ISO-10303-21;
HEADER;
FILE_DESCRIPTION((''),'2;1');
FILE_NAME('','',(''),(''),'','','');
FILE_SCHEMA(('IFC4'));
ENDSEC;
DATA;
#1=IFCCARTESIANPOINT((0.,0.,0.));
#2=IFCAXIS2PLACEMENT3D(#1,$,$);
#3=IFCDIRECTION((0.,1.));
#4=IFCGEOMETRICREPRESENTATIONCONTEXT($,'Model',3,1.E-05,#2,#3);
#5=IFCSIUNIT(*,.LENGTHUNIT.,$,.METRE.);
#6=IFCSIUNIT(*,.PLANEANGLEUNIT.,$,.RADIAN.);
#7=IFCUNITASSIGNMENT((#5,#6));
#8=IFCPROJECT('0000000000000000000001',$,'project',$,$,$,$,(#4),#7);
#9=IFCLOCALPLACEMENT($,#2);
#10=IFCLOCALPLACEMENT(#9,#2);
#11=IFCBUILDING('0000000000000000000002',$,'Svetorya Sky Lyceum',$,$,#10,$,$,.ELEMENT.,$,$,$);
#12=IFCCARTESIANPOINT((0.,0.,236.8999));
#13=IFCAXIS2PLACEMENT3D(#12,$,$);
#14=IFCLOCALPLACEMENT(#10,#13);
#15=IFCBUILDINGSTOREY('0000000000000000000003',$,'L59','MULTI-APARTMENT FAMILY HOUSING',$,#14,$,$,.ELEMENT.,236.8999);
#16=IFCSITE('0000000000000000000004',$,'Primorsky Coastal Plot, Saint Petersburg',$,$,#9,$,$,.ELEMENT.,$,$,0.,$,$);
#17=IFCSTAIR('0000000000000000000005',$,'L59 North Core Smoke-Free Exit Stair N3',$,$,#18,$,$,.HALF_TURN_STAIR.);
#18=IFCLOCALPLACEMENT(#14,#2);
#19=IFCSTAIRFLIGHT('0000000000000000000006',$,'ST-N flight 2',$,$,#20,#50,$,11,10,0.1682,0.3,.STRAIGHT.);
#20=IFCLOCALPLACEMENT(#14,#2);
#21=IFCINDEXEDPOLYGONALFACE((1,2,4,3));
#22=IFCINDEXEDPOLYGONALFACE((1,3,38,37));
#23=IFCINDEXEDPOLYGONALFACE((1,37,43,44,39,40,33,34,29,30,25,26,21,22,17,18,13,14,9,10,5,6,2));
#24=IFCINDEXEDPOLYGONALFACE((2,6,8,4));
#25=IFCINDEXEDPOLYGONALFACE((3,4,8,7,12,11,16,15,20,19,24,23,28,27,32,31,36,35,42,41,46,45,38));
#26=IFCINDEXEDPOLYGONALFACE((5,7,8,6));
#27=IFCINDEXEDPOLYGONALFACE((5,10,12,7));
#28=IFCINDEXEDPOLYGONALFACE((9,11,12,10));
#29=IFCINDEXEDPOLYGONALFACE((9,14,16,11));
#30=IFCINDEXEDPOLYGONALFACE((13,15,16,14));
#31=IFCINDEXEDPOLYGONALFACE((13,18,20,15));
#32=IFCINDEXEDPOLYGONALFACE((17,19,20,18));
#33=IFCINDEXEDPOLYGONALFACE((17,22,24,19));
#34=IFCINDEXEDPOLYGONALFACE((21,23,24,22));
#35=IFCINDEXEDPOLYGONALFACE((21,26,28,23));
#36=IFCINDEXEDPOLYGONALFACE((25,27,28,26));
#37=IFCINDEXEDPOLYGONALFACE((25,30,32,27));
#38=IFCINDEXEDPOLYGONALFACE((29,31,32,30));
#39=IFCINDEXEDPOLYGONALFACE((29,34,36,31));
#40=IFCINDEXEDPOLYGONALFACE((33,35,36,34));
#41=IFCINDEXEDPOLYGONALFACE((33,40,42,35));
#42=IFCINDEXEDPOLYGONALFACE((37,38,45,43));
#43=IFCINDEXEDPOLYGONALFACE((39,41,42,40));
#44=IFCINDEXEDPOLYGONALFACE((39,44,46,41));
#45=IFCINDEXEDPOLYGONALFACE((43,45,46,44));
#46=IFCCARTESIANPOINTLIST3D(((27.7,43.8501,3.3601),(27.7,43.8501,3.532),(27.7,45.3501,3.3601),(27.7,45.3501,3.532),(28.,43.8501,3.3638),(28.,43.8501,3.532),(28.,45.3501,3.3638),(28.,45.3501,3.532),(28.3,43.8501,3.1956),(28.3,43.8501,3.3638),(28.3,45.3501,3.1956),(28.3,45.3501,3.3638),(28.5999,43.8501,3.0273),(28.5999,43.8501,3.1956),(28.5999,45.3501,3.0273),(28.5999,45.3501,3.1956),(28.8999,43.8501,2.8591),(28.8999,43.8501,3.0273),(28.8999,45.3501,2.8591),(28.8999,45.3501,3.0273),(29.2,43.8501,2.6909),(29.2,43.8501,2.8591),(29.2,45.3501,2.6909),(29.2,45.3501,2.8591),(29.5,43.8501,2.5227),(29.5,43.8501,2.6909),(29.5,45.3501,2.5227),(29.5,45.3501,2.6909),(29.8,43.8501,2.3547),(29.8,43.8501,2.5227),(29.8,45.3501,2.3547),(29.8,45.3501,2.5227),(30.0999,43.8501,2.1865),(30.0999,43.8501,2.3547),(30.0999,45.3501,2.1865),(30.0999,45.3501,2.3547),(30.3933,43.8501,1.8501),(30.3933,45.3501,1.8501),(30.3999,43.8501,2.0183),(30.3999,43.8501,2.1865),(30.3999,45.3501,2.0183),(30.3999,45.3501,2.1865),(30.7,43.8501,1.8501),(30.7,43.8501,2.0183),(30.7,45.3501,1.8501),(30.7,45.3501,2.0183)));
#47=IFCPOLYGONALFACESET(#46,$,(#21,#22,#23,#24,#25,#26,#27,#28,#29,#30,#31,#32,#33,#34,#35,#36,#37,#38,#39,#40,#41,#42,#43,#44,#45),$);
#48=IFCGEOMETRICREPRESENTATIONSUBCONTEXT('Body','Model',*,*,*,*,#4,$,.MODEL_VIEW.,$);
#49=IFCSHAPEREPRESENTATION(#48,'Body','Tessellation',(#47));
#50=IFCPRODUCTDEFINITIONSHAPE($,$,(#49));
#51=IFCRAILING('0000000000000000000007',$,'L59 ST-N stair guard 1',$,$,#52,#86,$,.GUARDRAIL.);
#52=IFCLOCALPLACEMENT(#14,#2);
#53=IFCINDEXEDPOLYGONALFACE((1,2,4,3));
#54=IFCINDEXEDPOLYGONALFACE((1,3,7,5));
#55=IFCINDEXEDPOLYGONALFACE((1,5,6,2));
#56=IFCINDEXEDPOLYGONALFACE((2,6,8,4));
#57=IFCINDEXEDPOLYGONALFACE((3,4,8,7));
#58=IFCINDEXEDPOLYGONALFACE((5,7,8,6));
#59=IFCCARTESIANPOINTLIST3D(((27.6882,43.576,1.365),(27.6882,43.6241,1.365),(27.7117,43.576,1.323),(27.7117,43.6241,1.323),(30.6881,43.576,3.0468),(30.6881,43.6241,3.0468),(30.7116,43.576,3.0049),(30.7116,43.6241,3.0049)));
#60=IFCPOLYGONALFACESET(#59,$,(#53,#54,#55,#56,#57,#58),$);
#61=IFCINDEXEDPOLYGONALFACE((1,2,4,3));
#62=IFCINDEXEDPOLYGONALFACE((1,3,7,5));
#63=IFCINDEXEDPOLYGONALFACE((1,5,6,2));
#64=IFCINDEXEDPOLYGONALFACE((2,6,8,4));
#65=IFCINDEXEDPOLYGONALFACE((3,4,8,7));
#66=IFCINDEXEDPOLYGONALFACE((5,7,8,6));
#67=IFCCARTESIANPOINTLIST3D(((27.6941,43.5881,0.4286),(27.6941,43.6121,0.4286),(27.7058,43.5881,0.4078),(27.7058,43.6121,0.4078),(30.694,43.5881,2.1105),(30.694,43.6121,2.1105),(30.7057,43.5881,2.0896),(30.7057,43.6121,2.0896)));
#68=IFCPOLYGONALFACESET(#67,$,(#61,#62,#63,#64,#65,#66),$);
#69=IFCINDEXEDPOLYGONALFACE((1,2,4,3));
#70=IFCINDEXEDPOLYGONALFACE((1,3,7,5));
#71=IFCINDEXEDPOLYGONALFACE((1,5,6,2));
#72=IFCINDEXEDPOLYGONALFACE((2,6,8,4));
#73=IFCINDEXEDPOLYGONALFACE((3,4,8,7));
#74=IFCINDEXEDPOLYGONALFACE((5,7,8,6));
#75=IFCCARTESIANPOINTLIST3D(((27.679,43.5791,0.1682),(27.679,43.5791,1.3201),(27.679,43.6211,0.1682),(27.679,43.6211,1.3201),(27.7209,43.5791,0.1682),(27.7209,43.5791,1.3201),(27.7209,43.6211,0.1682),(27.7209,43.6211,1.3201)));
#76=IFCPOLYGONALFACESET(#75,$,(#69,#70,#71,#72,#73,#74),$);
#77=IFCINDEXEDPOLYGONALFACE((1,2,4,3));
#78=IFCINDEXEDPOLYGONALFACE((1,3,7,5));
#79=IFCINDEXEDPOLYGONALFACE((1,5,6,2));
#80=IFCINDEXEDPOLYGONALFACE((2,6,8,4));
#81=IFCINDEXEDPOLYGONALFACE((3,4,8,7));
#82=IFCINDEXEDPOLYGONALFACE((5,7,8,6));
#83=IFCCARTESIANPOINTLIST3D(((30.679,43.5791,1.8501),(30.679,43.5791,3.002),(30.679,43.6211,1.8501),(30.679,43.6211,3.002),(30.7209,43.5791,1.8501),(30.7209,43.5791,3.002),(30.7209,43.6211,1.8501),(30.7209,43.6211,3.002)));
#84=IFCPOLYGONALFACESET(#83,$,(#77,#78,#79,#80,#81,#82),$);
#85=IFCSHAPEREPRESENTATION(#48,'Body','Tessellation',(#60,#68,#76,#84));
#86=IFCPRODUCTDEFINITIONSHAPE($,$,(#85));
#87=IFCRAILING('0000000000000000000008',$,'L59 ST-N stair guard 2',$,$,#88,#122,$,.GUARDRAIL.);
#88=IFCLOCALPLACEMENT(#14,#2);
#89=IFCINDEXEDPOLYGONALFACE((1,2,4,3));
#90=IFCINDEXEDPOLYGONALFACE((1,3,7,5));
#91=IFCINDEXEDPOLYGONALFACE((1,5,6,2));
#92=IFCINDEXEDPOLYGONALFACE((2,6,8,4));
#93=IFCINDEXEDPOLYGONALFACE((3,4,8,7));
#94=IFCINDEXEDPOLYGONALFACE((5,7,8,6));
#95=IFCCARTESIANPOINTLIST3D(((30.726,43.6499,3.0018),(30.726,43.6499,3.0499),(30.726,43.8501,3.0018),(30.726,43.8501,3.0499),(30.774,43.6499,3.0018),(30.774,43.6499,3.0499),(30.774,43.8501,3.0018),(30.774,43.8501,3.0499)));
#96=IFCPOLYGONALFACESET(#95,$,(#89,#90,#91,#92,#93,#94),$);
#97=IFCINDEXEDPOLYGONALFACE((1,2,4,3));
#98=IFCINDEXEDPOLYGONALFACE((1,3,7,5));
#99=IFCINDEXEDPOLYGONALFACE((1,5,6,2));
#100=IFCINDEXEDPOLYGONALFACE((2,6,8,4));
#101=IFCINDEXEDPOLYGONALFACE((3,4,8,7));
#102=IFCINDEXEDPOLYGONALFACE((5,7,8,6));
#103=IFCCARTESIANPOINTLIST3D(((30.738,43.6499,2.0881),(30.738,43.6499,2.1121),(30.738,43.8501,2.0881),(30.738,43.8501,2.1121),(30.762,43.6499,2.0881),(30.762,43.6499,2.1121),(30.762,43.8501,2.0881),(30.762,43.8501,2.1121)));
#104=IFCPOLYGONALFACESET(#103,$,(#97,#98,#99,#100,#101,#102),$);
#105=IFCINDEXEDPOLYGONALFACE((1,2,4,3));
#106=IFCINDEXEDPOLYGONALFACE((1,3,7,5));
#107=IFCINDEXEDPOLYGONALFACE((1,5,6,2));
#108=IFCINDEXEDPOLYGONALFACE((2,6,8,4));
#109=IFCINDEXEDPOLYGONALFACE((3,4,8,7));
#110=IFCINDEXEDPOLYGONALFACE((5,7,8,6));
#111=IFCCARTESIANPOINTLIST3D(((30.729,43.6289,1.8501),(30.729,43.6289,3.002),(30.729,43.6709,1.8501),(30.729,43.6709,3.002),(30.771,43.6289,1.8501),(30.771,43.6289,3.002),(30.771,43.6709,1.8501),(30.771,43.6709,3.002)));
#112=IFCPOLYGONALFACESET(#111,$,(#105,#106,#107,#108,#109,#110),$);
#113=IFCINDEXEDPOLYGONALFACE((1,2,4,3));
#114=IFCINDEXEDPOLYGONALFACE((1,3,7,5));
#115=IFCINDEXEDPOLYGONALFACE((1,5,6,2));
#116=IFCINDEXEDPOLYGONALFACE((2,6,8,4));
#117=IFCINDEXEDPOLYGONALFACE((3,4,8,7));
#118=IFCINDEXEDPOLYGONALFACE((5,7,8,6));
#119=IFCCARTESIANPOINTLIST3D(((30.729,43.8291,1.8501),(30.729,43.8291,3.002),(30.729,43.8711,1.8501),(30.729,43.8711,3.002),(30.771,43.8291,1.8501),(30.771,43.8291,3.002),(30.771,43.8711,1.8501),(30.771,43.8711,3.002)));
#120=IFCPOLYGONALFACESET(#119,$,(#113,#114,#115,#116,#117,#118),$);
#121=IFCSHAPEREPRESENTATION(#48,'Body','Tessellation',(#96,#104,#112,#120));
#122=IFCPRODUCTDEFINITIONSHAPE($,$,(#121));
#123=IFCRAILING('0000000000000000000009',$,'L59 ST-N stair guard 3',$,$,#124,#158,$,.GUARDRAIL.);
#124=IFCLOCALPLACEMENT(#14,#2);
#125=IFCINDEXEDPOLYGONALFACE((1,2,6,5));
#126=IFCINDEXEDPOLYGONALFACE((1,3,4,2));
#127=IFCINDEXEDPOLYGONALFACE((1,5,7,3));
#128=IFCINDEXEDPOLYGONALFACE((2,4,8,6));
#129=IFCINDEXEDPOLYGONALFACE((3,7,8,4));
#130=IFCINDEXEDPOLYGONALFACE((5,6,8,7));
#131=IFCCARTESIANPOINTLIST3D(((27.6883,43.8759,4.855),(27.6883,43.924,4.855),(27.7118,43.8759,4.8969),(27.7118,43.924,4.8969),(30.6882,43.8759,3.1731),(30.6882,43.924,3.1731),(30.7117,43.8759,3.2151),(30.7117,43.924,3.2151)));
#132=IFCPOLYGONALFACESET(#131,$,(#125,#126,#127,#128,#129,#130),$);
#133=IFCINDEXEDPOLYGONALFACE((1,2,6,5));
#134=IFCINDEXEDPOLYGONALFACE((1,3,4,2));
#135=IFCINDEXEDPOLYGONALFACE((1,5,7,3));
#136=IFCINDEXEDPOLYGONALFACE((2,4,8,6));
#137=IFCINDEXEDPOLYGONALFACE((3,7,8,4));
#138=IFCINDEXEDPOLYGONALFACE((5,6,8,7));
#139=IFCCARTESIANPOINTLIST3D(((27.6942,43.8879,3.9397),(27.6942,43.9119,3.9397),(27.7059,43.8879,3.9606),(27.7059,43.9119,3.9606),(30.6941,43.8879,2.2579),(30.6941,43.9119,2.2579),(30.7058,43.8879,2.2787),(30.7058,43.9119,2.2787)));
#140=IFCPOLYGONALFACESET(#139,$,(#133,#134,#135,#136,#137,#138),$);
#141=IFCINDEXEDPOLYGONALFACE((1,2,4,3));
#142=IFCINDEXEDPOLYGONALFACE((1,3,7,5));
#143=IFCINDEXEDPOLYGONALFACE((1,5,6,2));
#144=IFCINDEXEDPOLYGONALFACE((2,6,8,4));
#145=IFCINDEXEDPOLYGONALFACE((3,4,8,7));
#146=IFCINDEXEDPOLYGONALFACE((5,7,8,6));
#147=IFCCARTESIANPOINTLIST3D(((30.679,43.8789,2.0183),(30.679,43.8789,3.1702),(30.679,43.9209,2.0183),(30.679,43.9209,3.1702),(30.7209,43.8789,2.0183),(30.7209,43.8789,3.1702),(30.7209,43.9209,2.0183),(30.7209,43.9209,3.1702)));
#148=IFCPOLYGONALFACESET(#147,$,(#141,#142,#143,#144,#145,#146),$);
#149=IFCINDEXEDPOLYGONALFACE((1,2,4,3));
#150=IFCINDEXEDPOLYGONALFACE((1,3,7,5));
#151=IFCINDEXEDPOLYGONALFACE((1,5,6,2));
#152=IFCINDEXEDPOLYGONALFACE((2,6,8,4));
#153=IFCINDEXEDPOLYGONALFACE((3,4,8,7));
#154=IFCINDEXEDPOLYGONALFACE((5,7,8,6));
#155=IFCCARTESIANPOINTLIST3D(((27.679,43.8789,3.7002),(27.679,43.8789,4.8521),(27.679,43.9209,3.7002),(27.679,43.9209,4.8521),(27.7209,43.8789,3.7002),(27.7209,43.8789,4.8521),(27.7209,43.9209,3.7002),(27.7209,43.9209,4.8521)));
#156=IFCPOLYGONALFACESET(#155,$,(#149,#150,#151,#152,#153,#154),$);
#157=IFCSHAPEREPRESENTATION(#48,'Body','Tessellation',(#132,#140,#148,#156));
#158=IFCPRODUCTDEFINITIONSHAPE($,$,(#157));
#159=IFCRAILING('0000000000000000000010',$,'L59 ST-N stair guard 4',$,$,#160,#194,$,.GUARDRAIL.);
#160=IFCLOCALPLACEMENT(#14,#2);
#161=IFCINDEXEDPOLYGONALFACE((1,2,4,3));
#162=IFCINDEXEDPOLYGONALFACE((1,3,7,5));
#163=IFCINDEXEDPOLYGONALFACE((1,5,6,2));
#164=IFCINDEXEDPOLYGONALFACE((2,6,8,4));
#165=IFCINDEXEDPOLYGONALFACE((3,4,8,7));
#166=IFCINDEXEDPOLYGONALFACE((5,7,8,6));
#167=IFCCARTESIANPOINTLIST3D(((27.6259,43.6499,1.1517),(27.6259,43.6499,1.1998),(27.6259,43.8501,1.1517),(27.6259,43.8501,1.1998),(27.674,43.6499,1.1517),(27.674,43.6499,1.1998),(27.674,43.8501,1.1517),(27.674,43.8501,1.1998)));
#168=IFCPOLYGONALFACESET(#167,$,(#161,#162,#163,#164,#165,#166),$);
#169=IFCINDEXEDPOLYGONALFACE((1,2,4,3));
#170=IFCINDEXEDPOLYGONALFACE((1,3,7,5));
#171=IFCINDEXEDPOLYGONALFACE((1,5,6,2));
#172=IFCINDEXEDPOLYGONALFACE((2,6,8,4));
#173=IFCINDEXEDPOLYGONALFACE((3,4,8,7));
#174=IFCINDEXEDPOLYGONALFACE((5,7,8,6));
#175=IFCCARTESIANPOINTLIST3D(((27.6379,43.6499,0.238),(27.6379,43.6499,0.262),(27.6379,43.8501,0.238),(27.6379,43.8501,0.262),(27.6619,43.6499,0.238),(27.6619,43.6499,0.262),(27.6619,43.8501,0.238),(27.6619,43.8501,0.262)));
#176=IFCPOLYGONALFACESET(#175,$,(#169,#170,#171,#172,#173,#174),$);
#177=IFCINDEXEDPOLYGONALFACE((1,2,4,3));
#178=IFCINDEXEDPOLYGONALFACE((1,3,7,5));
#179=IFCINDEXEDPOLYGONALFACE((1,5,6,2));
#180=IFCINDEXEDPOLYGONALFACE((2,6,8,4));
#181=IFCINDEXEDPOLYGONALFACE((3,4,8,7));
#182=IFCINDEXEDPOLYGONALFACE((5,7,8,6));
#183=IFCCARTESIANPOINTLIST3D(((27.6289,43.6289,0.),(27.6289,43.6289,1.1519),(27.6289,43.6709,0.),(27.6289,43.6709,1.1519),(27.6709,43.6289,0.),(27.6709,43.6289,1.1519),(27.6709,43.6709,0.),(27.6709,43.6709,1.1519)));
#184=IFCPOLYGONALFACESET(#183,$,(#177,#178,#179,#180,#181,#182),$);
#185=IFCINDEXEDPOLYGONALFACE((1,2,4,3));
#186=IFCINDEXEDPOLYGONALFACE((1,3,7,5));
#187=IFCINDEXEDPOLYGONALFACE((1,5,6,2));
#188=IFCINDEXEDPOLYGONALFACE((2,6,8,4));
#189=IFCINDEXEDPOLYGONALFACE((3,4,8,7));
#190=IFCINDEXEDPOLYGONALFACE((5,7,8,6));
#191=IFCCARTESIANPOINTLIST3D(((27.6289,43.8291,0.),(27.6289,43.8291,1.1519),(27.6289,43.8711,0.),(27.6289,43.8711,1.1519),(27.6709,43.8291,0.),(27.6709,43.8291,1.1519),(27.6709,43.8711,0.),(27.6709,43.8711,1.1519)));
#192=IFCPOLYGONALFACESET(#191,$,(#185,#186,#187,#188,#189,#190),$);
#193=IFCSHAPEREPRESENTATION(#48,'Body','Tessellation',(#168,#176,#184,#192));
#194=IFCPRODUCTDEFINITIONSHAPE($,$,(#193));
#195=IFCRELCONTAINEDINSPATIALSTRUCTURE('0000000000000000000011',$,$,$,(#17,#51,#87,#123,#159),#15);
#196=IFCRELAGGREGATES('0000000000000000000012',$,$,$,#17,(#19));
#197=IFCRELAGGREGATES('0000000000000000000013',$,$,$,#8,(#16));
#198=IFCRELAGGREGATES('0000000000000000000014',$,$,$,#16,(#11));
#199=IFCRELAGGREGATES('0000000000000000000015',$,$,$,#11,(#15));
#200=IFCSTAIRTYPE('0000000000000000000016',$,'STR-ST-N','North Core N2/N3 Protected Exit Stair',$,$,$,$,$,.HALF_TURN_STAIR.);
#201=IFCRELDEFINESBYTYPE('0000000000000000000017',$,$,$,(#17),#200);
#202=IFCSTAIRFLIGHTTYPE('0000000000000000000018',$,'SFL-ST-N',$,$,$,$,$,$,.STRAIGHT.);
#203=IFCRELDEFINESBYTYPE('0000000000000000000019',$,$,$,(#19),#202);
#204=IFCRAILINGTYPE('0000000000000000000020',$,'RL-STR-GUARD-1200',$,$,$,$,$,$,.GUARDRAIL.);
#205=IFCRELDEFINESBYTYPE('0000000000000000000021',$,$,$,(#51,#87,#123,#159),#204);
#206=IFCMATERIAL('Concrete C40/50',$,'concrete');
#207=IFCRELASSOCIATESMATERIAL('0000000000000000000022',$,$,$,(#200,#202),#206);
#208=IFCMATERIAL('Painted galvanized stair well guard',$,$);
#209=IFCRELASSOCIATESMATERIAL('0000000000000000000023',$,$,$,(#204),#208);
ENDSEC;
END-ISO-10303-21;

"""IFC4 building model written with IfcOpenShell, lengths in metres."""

from ifc_helpers import new_model, si_unit, direction, frame, origin, origin_2d, place, context, subcontext, project, spatial, polyline, rectangle, outline, extrude, material, type_object, element, aggregate, save


model = new_model("IFC4")

# Units and contexts
model_context = context("Model", 3, precision=1e-05, world=origin(), true_north=direction((0.0, 1.0)))
body_context = subcontext(model_context, "Body", "Model", "MODEL_VIEW")
ifc_project = project(units=[si_unit("LENGTHUNIT", "METRE"), si_unit("PLANEANGLEUNIT", "RADIAN")], contexts=[model_context])

# Site, building, storey
site_placement = place(None, origin())
site = spatial("IfcSite", under=ifc_project, at=site_placement, Name="Primorsky Coastal Plot, Saint Petersburg", CompositionType="ELEMENT", RefElevation=0.0)
building_placement = place(site_placement, origin())
building = spatial("IfcBuilding", under=site, at=building_placement, Name="Svetorya Sky Lyceum", CompositionType="ELEMENT")
storey_placement = place(building_placement, frame((0.0, 0.0, 236.8999)))
storey = spatial("IfcBuildingStorey", under=building, at=storey_placement, Name="L59", Description="MULTI-APARTMENT FAMILY HOUSING", CompositionType="ELEMENT", Elevation=236.8999)

# Stair, stair flight
ifc_material_1 = material(Name="Concrete C40/50", Category="concrete")
stair_type = type_object("IfcStairType", Name="STR-ST-N", Description="North Core N2/N3 Protected Exit Stair", PredefinedType="HALF_TURN_STAIR", material=ifc_material_1)
stair_placement = place(storey_placement, origin())
stair = element("IfcStair", 1, at=stair_placement, inside=storey, type_object=stair_type, Name="L59 North Core Smoke-Free Exit Stair N3", PredefinedType="HALF_TURN_STAIR")
stair_flight_type = type_object("IfcStairFlightType", Name="SFL-ST-N", PredefinedType="STRAIGHT", material=ifc_material_1)
stair_flight_1_placement = place(storey_placement, frame((30.7, 44.6001, 1.8501), z_axis=(0.0, 0.0, 1.0), x_axis=(-1.0, 0.0, 0.0)))
stair_flight_1 = element("IfcStairFlight", 2, at=stair_flight_1_placement, type_object=stair_flight_type, Name="ST-N flight 2", NumberOfRisers=11, NumberOfTreads=10, PredefinedType="STRAIGHT", RiserHeight=0.1682, TreadLength=0.3, context=body_context, shape_type="SweptSolid", body=[
    extrude(outline(polyline([(0.0, 0.0), (0.0, 0.1682), (0.3, 0.1682), (0.3, 0.3364), (0.6001, 0.3364), (0.6001, 0.5046), (0.8999, 0.5046), (0.8999, 0.6726), (1.2, 0.6726), (1.2, 0.8408), (1.5, 0.8408), (1.5, 1.009), (1.8, 1.009), (1.8, 1.1772), (2.1001, 1.1772), (2.1001, 1.3455), (2.3999, 1.3455), (2.3999, 1.5137), (2.7, 1.5137), (2.7, 1.6819), (3.0, 1.6819), (3.0, 1.8501), (3.0, 1.51), (0.3066, 0.0), (0.0, 0.0)])), frame((0.0, 0.75, 0.0), z_axis=(0.0, -1.0, 0.0), x_axis=(1.0, 0.0, 0.0)), (0.0, 0.0, 1.0), 1.5),
])
aggregate(stair, [stair_flight_1])

# Railings
ifc_material_2 = material(Name="Painted galvanized stair well guard")
railing_type_1 = type_object("IfcRailingType", Name="RL-STR-GUARD-1200", PredefinedType="GUARDRAIL", material=ifc_material_2)
railing_1_placement = place(storey_placement, frame((27.7, 43.6001, 0.1682)))
element("IfcRailing", 3, at=railing_1_placement, inside=storey, type_object=railing_type_1, Name="L59 ST-N stair guard 1", PredefinedType="GUARDRAIL", context=body_context, shape_type="SweptSolid", body=[
    extrude(rectangle(XDim=0.0481, YDim=0.0481, at=origin_2d()), frame((0.0, 0.0, 1.1758), z_axis=(0.872272, 0.0, 0.48902), x_axis=(0.0, 1.0, 0.0)), (0.0, 0.0, 1.0), 3.4392),
    extrude(rectangle(XDim=0.0239, YDim=0.0239, at=origin_2d()), frame((0.0, 0.0, 0.25), z_axis=(0.872272, 0.0, 0.48902), x_axis=(0.0, 1.0, 0.0)), (0.0, 0.0, 1.0), 3.4392),
    extrude(rectangle(XDim=0.042, YDim=0.042, at=origin_2d()), origin(), (0.0, 0.0, 1.0), 1.1519),
    extrude(rectangle(XDim=0.042, YDim=0.042, at=origin_2d()), frame((3.0, 0.0, 1.6819)), (0.0, 0.0, 1.0), 1.1519),
])
railing_2_placement = place(storey_placement, frame((30.75, 43.6499, 1.8501)))
element("IfcRailing", 4, at=railing_2_placement, inside=storey, type_object=railing_type_1, Name="L59 ST-N stair guard 2", PredefinedType="GUARDRAIL", context=body_context, shape_type="SweptSolid", body=[
    extrude(rectangle(XDim=0.0481, YDim=0.0481, at=origin_2d()), frame((0.0, 0.0, 1.1758), z_axis=(0.0, 1.0, 0.0), x_axis=(-1.0, 0.0, 0.0)), (0.0, 0.0, 1.0), 0.2002),
    extrude(rectangle(XDim=0.0239, YDim=0.0239, at=origin_2d()), frame((0.0, 0.0, 0.25), z_axis=(0.0, 1.0, 0.0), x_axis=(-1.0, 0.0, 0.0)), (0.0, 0.0, 1.0), 0.2002),
    extrude(rectangle(XDim=0.042, YDim=0.042, at=origin_2d()), origin(), (0.0, 0.0, 1.0), 1.1519),
    extrude(rectangle(XDim=0.042, YDim=0.042, at=origin_2d()), frame((0.0, 0.2002, 0.0)), (0.0, 0.0, 1.0), 1.1519),
])
railing_3_placement = place(storey_placement, frame((30.7, 43.8999, 2.0183)))
element("IfcRailing", 5, at=railing_3_placement, inside=storey, type_object=railing_type_1, Name="L59 ST-N stair guard 3", PredefinedType="GUARDRAIL", context=body_context, shape_type="SweptSolid", body=[
    extrude(rectangle(XDim=0.0481, YDim=0.0481, at=origin_2d()), frame((0.0, 0.0, 1.1758), z_axis=(-0.872272, 0.0, 0.48902), x_axis=(0.0, -1.0, 0.0)), (0.0, 0.0, 1.0), 3.4392),
    extrude(rectangle(XDim=0.0239, YDim=0.0239, at=origin_2d()), frame((0.0, 0.0, 0.25), z_axis=(-0.872272, 0.0, 0.48902), x_axis=(0.0, -1.0, 0.0)), (0.0, 0.0, 1.0), 3.4392),
    extrude(rectangle(XDim=0.042, YDim=0.042, at=origin_2d()), origin(), (0.0, 0.0, 1.0), 1.1519),
    extrude(rectangle(XDim=0.042, YDim=0.042, at=origin_2d()), frame((-3.0, 0.0, 1.6819)), (0.0, 0.0, 1.0), 1.1519),
])
railing_4_placement = place(storey_placement, frame((27.6499, 43.6499, 0.0)))
element("IfcRailing", 6, at=railing_4_placement, inside=storey, type_object=railing_type_1, Name="L59 ST-N stair guard 4", PredefinedType="GUARDRAIL", context=body_context, shape_type="SweptSolid", body=[
    extrude(rectangle(XDim=0.0481, YDim=0.0481, at=origin_2d()), frame((0.0, 0.0, 1.1758), z_axis=(0.0, 1.0, 0.0), x_axis=(-1.0, 0.0, 0.0)), (0.0, 0.0, 1.0), 0.2002),
    extrude(rectangle(XDim=0.0239, YDim=0.0239, at=origin_2d()), frame((0.0, 0.0, 0.25), z_axis=(0.0, 1.0, 0.0), x_axis=(-1.0, 0.0, 0.0)), (0.0, 0.0, 1.0), 0.2002),
    extrude(rectangle(XDim=0.042, YDim=0.042, at=origin_2d()), origin(), (0.0, 0.0, 1.0), 1.1519),
    extrude(rectangle(XDim=0.042, YDim=0.042, at=origin_2d()), frame((0.0, 0.2002, 0.0)), (0.0, 0.0, 1.0), 1.1519),
])

save(model, "model.ifc")
